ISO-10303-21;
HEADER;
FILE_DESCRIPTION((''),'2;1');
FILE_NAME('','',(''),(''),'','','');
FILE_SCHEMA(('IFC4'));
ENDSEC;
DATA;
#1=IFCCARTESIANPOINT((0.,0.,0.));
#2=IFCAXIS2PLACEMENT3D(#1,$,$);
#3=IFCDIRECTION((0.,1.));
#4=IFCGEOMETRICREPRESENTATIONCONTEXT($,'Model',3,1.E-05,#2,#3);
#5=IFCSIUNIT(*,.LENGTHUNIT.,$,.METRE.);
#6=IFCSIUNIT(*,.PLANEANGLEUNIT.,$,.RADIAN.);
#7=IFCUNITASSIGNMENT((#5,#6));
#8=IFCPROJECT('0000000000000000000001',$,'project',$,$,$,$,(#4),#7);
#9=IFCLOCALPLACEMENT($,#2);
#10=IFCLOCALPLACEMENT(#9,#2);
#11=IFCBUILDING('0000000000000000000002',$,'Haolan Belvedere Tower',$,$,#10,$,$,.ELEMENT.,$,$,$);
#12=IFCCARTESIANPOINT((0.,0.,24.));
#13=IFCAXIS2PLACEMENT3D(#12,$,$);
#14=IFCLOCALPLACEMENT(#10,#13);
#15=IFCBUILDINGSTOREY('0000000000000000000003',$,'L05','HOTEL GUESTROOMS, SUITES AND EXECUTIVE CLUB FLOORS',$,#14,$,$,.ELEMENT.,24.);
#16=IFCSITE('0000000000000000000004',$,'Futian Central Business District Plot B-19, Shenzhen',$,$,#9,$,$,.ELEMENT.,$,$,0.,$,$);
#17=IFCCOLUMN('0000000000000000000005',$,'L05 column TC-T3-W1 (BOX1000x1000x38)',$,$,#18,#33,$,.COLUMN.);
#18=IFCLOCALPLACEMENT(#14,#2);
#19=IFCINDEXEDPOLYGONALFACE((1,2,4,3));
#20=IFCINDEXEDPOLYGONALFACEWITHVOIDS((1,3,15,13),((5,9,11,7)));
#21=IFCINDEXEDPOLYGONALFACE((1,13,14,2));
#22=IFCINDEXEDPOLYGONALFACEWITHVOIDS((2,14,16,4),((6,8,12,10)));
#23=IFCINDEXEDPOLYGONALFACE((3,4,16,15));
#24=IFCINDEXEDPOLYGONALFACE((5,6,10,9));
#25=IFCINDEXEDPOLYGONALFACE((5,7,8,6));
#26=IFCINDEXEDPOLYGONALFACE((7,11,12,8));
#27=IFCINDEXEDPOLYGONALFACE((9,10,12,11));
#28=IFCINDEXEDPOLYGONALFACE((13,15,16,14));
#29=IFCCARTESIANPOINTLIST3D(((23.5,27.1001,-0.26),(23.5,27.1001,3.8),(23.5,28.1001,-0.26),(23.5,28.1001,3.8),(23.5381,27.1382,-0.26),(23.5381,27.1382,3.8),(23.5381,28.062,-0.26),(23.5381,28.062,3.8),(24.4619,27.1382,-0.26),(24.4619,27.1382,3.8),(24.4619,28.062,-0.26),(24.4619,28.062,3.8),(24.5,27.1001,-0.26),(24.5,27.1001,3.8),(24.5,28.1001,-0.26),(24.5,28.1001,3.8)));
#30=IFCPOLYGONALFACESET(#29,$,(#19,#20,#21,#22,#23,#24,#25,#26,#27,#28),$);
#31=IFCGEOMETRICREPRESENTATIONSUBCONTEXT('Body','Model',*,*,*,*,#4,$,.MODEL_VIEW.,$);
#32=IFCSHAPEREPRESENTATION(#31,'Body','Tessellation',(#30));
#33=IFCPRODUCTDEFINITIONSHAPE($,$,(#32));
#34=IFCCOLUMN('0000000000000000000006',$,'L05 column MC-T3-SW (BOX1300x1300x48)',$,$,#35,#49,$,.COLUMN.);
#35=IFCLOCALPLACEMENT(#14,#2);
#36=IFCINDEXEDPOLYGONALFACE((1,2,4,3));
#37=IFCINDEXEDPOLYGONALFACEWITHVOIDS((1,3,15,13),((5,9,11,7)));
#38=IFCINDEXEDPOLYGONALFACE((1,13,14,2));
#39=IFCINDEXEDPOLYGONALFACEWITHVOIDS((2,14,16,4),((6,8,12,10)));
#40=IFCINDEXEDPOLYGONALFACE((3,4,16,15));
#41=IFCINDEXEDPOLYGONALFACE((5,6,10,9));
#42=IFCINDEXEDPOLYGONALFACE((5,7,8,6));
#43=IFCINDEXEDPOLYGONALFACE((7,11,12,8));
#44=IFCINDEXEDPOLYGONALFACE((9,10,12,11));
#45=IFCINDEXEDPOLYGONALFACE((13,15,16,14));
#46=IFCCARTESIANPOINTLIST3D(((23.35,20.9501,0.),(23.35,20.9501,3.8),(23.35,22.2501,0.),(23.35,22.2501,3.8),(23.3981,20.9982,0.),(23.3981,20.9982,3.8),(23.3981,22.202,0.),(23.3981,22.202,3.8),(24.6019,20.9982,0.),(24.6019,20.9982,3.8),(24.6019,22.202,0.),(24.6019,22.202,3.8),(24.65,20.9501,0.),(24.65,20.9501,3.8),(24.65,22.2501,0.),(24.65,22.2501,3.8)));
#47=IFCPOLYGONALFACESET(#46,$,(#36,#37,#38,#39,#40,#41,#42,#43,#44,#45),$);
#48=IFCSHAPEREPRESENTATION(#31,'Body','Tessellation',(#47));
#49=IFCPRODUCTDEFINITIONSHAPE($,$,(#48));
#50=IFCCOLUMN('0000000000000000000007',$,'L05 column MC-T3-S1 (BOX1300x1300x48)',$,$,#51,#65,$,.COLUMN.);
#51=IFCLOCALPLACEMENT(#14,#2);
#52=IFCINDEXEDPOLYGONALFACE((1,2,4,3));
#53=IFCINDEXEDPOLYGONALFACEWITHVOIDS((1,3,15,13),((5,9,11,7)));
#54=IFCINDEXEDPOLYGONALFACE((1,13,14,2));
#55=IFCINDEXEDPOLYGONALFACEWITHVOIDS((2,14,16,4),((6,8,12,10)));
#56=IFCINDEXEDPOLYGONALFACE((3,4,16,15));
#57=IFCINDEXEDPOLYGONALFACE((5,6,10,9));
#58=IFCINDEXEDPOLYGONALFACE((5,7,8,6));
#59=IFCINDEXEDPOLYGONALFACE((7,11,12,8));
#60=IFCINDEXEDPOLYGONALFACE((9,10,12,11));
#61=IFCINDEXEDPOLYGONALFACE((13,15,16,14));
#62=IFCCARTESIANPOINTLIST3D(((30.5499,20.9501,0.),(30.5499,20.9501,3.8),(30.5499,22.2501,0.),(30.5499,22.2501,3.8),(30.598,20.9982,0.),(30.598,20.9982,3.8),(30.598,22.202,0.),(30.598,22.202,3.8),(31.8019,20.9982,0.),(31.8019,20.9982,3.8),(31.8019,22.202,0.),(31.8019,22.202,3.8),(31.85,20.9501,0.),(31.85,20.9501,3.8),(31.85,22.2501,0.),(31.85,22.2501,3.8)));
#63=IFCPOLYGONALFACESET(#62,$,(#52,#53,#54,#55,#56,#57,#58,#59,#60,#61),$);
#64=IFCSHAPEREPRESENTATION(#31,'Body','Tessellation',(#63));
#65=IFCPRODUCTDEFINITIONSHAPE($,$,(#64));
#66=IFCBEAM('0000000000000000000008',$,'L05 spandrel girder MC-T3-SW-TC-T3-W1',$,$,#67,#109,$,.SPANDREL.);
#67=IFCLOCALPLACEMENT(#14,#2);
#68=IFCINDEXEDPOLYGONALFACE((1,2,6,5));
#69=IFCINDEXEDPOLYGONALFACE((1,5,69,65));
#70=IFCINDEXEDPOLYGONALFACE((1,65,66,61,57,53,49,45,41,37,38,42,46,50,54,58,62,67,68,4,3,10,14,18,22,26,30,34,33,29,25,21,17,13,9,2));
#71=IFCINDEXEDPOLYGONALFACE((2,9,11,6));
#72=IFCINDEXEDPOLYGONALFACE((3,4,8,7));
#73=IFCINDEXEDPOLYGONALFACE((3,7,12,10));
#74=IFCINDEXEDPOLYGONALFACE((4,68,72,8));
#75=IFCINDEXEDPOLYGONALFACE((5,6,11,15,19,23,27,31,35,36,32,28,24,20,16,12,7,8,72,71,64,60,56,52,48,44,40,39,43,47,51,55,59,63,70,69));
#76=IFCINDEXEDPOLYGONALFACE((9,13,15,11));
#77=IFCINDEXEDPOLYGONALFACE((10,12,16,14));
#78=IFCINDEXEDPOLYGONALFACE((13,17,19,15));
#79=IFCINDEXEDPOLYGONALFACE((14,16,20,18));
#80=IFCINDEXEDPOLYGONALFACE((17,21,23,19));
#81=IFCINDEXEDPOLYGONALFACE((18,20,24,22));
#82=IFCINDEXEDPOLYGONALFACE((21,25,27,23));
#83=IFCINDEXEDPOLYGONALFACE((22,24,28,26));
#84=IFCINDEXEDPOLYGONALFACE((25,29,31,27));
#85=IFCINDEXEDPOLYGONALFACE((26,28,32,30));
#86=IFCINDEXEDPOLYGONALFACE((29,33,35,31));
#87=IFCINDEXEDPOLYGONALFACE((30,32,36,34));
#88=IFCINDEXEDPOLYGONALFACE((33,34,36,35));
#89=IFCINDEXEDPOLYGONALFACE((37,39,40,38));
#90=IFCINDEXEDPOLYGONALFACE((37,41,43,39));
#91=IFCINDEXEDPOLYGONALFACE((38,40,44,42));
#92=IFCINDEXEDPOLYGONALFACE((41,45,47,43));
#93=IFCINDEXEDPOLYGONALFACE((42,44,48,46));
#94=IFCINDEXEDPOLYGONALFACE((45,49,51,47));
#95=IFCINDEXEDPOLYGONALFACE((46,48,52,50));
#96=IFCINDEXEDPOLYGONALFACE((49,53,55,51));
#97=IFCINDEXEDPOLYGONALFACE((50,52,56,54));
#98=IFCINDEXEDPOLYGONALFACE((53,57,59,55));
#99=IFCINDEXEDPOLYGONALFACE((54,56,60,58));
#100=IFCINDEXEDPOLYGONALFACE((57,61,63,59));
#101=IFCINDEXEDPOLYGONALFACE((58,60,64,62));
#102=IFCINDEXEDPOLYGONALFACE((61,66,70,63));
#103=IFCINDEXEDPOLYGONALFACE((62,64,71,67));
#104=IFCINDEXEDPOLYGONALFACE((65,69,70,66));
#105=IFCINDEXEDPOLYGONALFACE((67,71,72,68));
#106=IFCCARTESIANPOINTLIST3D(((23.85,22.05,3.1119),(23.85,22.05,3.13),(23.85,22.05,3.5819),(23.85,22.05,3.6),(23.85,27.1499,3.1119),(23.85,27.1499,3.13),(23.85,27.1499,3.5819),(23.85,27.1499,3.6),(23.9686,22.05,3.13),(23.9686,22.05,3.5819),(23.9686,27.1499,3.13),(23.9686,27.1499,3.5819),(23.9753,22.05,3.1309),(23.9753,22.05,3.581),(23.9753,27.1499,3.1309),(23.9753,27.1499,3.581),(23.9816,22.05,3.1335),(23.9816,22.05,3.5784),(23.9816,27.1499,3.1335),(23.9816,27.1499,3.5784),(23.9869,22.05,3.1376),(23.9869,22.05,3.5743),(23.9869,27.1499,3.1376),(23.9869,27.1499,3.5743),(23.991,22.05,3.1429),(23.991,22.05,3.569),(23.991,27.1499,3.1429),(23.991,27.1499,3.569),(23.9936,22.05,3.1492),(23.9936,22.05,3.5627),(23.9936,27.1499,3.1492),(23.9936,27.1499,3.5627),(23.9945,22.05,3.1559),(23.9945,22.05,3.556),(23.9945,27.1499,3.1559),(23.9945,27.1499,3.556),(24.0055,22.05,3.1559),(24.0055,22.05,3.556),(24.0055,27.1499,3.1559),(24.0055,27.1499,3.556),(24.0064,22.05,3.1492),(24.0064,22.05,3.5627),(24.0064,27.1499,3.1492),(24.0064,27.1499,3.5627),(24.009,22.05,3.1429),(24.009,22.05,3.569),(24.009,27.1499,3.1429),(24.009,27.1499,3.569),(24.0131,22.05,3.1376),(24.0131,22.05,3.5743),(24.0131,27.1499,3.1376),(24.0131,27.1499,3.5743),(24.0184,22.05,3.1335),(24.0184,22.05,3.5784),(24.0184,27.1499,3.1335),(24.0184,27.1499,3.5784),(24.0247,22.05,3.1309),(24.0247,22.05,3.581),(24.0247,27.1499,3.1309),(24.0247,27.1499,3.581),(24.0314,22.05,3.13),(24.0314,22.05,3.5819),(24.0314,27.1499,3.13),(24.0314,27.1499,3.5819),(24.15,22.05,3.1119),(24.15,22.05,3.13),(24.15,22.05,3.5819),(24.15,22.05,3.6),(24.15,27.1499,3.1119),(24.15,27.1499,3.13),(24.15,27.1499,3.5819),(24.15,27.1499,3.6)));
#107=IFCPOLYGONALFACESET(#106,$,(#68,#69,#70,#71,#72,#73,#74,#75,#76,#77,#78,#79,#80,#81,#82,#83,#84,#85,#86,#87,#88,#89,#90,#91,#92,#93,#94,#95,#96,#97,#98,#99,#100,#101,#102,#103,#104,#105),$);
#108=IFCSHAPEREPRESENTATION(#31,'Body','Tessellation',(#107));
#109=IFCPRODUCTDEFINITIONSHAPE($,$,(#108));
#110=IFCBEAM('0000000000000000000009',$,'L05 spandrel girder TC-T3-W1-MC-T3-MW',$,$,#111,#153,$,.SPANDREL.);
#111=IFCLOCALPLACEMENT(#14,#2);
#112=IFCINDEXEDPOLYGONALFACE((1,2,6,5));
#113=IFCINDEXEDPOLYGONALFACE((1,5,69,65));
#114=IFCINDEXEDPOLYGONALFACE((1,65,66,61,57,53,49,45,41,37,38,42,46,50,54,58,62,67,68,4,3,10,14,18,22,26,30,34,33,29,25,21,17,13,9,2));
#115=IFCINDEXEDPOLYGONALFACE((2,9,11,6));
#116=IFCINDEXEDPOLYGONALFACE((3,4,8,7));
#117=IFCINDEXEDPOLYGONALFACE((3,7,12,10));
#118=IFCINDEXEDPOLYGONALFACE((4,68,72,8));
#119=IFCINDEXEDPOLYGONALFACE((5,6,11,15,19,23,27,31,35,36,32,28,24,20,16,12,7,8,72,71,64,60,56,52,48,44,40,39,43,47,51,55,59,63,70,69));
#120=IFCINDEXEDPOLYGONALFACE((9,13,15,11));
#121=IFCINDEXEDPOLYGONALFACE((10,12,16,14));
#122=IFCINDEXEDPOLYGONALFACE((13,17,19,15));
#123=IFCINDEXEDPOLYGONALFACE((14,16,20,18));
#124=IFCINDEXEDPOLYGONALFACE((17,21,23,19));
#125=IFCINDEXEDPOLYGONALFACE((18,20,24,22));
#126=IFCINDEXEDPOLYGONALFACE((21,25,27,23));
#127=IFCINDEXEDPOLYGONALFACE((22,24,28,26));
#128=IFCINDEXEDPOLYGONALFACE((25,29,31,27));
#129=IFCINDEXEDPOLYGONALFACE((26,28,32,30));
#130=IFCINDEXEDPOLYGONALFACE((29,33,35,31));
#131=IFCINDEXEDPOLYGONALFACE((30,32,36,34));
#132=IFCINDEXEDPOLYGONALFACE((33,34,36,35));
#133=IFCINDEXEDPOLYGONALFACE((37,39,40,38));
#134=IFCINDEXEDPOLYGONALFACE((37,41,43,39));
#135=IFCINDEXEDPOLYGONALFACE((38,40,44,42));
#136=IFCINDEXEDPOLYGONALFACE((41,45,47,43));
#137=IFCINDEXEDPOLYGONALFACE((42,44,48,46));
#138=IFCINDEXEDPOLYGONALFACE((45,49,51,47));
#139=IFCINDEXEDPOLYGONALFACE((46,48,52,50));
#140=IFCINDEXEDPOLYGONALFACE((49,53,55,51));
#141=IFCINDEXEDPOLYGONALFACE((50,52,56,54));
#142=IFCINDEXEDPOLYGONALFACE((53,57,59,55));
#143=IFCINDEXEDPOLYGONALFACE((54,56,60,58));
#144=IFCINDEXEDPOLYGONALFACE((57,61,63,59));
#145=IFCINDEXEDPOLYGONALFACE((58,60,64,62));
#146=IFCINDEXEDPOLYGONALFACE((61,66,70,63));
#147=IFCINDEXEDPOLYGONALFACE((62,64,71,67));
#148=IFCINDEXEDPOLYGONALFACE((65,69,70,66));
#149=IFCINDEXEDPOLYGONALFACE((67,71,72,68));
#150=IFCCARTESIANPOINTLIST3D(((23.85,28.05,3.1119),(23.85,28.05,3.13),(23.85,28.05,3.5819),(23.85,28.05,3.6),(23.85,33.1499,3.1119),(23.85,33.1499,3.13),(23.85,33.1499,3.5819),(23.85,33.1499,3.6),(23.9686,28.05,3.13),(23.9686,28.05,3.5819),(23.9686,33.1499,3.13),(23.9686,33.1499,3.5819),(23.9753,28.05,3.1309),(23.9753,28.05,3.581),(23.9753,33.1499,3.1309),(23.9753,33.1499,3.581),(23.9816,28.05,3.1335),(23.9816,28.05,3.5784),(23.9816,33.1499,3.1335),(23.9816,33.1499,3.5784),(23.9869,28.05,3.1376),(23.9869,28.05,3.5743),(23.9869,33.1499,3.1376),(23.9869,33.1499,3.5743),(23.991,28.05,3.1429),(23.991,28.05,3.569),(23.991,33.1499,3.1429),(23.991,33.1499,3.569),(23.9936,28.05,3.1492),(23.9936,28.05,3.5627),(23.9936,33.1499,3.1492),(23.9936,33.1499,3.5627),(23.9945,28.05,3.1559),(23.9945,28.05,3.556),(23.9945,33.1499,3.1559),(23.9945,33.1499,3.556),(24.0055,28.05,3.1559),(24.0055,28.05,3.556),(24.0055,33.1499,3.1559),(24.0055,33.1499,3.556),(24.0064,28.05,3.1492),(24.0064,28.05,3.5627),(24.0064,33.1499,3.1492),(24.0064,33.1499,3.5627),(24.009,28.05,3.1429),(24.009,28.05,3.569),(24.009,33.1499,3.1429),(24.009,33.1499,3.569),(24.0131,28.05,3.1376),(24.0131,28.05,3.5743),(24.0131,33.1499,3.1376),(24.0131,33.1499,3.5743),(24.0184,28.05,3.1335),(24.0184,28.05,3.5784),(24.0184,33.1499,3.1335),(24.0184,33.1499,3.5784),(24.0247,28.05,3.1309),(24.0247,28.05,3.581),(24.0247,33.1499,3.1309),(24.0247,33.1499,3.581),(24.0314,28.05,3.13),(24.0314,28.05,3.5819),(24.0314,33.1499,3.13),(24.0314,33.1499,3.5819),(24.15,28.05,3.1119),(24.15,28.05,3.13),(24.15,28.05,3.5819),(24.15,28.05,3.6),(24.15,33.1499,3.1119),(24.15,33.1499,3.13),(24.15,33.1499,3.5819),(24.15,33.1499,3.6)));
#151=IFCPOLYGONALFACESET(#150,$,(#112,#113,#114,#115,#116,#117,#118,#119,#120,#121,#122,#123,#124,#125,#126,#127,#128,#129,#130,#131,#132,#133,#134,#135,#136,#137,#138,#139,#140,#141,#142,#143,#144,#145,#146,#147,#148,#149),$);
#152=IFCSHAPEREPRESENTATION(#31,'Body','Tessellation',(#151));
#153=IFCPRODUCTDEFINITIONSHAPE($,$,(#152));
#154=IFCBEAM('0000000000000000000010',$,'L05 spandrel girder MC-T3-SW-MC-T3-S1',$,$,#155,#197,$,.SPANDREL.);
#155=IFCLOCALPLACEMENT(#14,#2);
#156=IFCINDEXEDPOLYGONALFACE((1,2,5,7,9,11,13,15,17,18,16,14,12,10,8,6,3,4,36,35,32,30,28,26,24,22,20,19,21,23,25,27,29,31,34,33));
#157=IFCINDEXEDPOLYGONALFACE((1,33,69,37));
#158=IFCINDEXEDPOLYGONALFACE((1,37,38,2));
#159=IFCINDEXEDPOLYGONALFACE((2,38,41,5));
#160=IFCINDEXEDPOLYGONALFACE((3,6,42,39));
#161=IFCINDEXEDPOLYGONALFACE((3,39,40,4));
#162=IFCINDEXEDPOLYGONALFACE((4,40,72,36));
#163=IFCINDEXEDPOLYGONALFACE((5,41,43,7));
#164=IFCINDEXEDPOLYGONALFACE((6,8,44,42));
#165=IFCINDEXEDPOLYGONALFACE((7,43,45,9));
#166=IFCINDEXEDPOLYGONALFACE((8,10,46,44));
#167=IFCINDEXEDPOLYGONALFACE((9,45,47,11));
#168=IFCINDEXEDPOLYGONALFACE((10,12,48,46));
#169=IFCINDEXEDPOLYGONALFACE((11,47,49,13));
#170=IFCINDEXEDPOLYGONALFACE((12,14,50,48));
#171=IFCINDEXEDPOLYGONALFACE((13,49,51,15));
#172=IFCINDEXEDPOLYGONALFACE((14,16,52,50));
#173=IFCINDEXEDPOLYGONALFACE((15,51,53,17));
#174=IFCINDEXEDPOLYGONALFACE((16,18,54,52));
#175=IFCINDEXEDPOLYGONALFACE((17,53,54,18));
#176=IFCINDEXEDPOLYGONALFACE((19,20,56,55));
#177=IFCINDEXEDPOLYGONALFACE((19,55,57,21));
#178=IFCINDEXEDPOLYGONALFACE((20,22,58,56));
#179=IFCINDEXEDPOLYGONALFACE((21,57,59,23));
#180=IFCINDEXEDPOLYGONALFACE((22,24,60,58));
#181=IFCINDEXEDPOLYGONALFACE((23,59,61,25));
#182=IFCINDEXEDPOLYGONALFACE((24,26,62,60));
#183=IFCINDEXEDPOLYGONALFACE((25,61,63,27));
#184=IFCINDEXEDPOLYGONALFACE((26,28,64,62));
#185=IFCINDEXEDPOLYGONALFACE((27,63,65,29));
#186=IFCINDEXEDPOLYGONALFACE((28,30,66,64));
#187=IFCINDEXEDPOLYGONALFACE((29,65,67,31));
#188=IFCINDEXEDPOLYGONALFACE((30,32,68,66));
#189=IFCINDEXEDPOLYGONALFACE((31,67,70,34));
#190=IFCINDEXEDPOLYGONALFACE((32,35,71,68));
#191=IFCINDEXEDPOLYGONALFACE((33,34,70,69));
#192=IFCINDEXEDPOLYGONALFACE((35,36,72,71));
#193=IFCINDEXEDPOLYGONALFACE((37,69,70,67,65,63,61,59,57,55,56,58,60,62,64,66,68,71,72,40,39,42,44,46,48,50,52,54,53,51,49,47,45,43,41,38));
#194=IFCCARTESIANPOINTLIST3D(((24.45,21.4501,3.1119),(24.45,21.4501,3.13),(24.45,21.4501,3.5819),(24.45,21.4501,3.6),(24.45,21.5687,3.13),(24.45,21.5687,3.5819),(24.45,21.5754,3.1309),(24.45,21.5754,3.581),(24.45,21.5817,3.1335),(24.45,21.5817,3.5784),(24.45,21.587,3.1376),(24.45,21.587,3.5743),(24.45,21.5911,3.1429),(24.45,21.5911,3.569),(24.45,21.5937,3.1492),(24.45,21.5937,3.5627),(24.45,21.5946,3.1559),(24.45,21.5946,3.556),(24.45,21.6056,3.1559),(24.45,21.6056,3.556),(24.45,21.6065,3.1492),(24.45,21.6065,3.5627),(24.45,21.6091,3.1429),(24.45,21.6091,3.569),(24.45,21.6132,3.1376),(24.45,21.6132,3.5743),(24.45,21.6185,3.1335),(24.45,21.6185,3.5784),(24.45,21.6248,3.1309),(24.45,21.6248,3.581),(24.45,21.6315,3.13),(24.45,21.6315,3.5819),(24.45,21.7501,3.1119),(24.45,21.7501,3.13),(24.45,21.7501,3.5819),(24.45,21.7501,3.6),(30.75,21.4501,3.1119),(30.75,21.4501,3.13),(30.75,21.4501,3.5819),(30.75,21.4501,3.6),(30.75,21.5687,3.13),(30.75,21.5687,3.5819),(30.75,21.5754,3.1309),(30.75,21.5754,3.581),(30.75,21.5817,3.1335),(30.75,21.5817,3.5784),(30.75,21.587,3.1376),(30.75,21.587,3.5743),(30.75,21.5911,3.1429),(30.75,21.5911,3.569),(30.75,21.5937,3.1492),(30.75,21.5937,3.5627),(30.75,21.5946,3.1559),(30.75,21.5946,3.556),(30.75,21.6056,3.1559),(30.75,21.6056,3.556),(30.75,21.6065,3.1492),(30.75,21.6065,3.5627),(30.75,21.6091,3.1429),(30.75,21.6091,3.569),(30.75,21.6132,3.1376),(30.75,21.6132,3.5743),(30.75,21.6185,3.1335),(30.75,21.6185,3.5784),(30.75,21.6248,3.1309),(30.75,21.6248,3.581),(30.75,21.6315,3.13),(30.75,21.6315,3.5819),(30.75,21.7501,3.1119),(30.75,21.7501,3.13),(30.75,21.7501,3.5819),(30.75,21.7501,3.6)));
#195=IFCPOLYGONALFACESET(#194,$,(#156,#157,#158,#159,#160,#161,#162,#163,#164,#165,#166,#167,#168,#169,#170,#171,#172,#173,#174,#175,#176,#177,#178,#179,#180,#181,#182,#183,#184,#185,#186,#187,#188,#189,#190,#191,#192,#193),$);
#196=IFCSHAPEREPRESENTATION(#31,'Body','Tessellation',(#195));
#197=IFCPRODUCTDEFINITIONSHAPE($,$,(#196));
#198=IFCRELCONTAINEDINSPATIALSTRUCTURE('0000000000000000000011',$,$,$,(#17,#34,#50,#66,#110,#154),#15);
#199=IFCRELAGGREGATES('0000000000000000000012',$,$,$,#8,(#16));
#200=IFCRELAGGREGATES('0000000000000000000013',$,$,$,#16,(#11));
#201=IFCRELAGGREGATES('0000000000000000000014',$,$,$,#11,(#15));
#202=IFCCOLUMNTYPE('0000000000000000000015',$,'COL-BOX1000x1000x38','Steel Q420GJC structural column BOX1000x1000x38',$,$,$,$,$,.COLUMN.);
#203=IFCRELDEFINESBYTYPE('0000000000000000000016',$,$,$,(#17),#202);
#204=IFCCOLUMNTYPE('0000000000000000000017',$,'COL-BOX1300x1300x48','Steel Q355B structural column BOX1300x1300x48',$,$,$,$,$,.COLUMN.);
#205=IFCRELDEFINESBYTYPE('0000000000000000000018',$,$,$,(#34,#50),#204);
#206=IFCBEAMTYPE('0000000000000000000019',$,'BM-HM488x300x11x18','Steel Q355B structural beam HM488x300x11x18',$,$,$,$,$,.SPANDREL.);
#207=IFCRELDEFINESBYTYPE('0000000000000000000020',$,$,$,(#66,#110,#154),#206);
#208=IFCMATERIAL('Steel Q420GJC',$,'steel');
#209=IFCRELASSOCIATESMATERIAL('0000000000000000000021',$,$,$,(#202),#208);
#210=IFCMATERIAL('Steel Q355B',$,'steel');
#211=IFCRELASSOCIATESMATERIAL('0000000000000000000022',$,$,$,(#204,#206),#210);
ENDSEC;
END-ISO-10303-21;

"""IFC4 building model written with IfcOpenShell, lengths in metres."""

from ifc_helpers import new_model, si_unit, direction, frame, origin, origin_2d, place, context, subcontext, project, spatial, hollow_rectangle, i_section, extrude, material, material_profile, profile_set, type_object, element, save


model = new_model("IFC4")

# Units and contexts
model_context = context("Model", 3, precision=1e-05, world=origin(), true_north=direction((0.0, 1.0)))
body_context = subcontext(model_context, "Body", "Model", "MODEL_VIEW")
ifc_project = project(units=[si_unit("LENGTHUNIT", "METRE"), si_unit("PLANEANGLEUNIT", "RADIAN")], contexts=[model_context])

# Site, building, storey
site_placement = place(None, origin())
site = spatial("IfcSite", under=ifc_project, at=site_placement, Name="Futian Central Business District Plot B-19, Shenzhen", CompositionType="ELEMENT", RefElevation=0.0)
building_placement = place(site_placement, origin())
building = spatial("IfcBuilding", under=site, at=building_placement, Name="Haolan Belvedere Tower", CompositionType="ELEMENT")
storey_placement = place(building_placement, frame((0.0, 0.0, 24.0)))
storey = spatial("IfcBuildingStorey", under=building, at=storey_placement, Name="L05", Description="HOTEL GUESTROOMS, SUITES AND EXECUTIVE CLUB FLOORS", CompositionType="ELEMENT", Elevation=24.0)

# Columns
ifc_material_1 = material(Name="Steel Q420GJC", Category="steel")
ifc_material_profile_1 = material_profile(ifc_material_1, hollow_rectangle(XDim=1.0, YDim=1.0, WallThickness=0.0381, at=origin_2d()), Name="Steel Q420GJC")
ifc_profile_set_1 = profile_set([ifc_material_profile_1], Name="Steel Q420GJC")
column_type_1 = type_object("IfcColumnType", Name="COL-BOX1000x1000x38", Description="Steel Q420GJC structural column BOX1000x1000x38", PredefinedType="COLUMN", material=ifc_profile_set_1)
column_placement = place(storey_placement, frame((24.0, 27.6001, -0.26), z_axis=(0.0, 0.0, 1.0), x_axis=(1.0, 0.0, 0.0)))
element("IfcColumn", 1, at=column_placement, inside=storey, type_object=column_type_1, Name="L05 column TC-T3-W1 (BOX1000x1000x38)", PredefinedType="COLUMN", context=body_context, shape_type="SweptSolid", body=[
    extrude(hollow_rectangle(XDim=1.0, YDim=1.0, WallThickness=0.0381, at=origin_2d()), origin(), (0.0, 0.0, 1.0), 4.0601),
])
ifc_material_2 = material(Name="Steel Q355B", Category="steel")
ifc_material_profile_2 = material_profile(ifc_material_2, hollow_rectangle(XDim=1.3, YDim=1.3, WallThickness=0.0481, at=origin_2d()), Name="Steel Q355B")
ifc_profile_set_2 = profile_set([ifc_material_profile_2], Name="Steel Q355B")
column_type_2 = type_object("IfcColumnType", Name="COL-BOX1300x1300x48", Description="Steel Q355B structural column BOX1300x1300x48", PredefinedType="COLUMN", material=ifc_profile_set_2)
for number, where, z_axis, x_axis, name in (
    (2, (24.0, 21.6001, 0.0), (0.0, 0.0, 1.0), (1.0, 0.0, 0.0), "L05 column MC-T3-SW (BOX1300x1300x48)"),
    (3, (31.2, 21.6001, 0.0), (0.0, 0.0, 1.0), (1.0, 0.0, 0.0), "L05 column MC-T3-S1 (BOX1300x1300x48)"),
):
    element("IfcColumn", number, at=place(storey_placement, frame(where, z_axis=z_axis, x_axis=x_axis)), inside=storey, type_object=column_type_2, Name=name, PredefinedType="COLUMN", context=body_context, shape_type="SweptSolid", body=[
        extrude(hollow_rectangle(XDim=1.3, YDim=1.3, WallThickness=0.0481, at=origin_2d()), origin(), (0.0, 0.0, 1.0), 3.8),
    ])

# Beams
ifc_material_profile_3 = material_profile(ifc_material_2, i_section(OverallWidth=0.3, OverallDepth=0.488, WebThickness=0.011, FlangeThickness=0.0181, FilletRadius=0.0259, at=origin_2d()), Name="Steel Q355B")
ifc_profile_set_3 = profile_set([ifc_material_profile_3], Name="Steel Q355B")
beam_type_1 = type_object("IfcBeamType", Name="BM-HM488x300x11x18", Description="Steel Q355B structural beam HM488x300x11x18", PredefinedType="SPANDREL", material=ifc_profile_set_3)
for number, where, z_axis, x_axis, name in (
    (4, (24.0, 22.05, 3.356), (0.0, 1.0, 0.0), (-1.0, 0.0, 0.0), "L05 spandrel girder MC-T3-SW-TC-T3-W1"),
    (5, (24.0, 28.05, 3.356), (0.0, 1.0, 0.0), (-1.0, 0.0, 0.0), "L05 spandrel girder TC-T3-W1-MC-T3-MW"),
):
    element("IfcBeam", number, at=place(storey_placement, frame(where, z_axis=z_axis, x_axis=x_axis)), inside=storey, type_object=beam_type_1, Name=name, PredefinedType="SPANDREL", context=body_context, shape_type="SweptSolid", body=[
        extrude(i_section(OverallWidth=0.3, OverallDepth=0.488, WebThickness=0.011, FlangeThickness=0.0181, FilletRadius=0.0259, at=origin_2d()), origin(), (0.0, 0.0, 1.0), 5.0999),
    ])
for number, where, z_axis, x_axis, name in (
    (6, (24.45, 21.6001, 3.356), (1.0, 0.0, 0.0), (0.0, 1.0, 0.0), "L05 spandrel girder MC-T3-SW-MC-T3-S1"),
):
    element("IfcBeam", number, at=place(storey_placement, frame(where, z_axis=z_axis, x_axis=x_axis)), inside=storey, type_object=beam_type_1, Name=name, PredefinedType="SPANDREL", context=body_context, shape_type="SweptSolid", body=[
        extrude(i_section(OverallWidth=0.3, OverallDepth=0.488, WebThickness=0.011, FlangeThickness=0.0181, FilletRadius=0.0259, at=origin_2d()), origin(), (0.0, 0.0, 1.0), 6.3),
    ])

save(model, "model.ifc")
